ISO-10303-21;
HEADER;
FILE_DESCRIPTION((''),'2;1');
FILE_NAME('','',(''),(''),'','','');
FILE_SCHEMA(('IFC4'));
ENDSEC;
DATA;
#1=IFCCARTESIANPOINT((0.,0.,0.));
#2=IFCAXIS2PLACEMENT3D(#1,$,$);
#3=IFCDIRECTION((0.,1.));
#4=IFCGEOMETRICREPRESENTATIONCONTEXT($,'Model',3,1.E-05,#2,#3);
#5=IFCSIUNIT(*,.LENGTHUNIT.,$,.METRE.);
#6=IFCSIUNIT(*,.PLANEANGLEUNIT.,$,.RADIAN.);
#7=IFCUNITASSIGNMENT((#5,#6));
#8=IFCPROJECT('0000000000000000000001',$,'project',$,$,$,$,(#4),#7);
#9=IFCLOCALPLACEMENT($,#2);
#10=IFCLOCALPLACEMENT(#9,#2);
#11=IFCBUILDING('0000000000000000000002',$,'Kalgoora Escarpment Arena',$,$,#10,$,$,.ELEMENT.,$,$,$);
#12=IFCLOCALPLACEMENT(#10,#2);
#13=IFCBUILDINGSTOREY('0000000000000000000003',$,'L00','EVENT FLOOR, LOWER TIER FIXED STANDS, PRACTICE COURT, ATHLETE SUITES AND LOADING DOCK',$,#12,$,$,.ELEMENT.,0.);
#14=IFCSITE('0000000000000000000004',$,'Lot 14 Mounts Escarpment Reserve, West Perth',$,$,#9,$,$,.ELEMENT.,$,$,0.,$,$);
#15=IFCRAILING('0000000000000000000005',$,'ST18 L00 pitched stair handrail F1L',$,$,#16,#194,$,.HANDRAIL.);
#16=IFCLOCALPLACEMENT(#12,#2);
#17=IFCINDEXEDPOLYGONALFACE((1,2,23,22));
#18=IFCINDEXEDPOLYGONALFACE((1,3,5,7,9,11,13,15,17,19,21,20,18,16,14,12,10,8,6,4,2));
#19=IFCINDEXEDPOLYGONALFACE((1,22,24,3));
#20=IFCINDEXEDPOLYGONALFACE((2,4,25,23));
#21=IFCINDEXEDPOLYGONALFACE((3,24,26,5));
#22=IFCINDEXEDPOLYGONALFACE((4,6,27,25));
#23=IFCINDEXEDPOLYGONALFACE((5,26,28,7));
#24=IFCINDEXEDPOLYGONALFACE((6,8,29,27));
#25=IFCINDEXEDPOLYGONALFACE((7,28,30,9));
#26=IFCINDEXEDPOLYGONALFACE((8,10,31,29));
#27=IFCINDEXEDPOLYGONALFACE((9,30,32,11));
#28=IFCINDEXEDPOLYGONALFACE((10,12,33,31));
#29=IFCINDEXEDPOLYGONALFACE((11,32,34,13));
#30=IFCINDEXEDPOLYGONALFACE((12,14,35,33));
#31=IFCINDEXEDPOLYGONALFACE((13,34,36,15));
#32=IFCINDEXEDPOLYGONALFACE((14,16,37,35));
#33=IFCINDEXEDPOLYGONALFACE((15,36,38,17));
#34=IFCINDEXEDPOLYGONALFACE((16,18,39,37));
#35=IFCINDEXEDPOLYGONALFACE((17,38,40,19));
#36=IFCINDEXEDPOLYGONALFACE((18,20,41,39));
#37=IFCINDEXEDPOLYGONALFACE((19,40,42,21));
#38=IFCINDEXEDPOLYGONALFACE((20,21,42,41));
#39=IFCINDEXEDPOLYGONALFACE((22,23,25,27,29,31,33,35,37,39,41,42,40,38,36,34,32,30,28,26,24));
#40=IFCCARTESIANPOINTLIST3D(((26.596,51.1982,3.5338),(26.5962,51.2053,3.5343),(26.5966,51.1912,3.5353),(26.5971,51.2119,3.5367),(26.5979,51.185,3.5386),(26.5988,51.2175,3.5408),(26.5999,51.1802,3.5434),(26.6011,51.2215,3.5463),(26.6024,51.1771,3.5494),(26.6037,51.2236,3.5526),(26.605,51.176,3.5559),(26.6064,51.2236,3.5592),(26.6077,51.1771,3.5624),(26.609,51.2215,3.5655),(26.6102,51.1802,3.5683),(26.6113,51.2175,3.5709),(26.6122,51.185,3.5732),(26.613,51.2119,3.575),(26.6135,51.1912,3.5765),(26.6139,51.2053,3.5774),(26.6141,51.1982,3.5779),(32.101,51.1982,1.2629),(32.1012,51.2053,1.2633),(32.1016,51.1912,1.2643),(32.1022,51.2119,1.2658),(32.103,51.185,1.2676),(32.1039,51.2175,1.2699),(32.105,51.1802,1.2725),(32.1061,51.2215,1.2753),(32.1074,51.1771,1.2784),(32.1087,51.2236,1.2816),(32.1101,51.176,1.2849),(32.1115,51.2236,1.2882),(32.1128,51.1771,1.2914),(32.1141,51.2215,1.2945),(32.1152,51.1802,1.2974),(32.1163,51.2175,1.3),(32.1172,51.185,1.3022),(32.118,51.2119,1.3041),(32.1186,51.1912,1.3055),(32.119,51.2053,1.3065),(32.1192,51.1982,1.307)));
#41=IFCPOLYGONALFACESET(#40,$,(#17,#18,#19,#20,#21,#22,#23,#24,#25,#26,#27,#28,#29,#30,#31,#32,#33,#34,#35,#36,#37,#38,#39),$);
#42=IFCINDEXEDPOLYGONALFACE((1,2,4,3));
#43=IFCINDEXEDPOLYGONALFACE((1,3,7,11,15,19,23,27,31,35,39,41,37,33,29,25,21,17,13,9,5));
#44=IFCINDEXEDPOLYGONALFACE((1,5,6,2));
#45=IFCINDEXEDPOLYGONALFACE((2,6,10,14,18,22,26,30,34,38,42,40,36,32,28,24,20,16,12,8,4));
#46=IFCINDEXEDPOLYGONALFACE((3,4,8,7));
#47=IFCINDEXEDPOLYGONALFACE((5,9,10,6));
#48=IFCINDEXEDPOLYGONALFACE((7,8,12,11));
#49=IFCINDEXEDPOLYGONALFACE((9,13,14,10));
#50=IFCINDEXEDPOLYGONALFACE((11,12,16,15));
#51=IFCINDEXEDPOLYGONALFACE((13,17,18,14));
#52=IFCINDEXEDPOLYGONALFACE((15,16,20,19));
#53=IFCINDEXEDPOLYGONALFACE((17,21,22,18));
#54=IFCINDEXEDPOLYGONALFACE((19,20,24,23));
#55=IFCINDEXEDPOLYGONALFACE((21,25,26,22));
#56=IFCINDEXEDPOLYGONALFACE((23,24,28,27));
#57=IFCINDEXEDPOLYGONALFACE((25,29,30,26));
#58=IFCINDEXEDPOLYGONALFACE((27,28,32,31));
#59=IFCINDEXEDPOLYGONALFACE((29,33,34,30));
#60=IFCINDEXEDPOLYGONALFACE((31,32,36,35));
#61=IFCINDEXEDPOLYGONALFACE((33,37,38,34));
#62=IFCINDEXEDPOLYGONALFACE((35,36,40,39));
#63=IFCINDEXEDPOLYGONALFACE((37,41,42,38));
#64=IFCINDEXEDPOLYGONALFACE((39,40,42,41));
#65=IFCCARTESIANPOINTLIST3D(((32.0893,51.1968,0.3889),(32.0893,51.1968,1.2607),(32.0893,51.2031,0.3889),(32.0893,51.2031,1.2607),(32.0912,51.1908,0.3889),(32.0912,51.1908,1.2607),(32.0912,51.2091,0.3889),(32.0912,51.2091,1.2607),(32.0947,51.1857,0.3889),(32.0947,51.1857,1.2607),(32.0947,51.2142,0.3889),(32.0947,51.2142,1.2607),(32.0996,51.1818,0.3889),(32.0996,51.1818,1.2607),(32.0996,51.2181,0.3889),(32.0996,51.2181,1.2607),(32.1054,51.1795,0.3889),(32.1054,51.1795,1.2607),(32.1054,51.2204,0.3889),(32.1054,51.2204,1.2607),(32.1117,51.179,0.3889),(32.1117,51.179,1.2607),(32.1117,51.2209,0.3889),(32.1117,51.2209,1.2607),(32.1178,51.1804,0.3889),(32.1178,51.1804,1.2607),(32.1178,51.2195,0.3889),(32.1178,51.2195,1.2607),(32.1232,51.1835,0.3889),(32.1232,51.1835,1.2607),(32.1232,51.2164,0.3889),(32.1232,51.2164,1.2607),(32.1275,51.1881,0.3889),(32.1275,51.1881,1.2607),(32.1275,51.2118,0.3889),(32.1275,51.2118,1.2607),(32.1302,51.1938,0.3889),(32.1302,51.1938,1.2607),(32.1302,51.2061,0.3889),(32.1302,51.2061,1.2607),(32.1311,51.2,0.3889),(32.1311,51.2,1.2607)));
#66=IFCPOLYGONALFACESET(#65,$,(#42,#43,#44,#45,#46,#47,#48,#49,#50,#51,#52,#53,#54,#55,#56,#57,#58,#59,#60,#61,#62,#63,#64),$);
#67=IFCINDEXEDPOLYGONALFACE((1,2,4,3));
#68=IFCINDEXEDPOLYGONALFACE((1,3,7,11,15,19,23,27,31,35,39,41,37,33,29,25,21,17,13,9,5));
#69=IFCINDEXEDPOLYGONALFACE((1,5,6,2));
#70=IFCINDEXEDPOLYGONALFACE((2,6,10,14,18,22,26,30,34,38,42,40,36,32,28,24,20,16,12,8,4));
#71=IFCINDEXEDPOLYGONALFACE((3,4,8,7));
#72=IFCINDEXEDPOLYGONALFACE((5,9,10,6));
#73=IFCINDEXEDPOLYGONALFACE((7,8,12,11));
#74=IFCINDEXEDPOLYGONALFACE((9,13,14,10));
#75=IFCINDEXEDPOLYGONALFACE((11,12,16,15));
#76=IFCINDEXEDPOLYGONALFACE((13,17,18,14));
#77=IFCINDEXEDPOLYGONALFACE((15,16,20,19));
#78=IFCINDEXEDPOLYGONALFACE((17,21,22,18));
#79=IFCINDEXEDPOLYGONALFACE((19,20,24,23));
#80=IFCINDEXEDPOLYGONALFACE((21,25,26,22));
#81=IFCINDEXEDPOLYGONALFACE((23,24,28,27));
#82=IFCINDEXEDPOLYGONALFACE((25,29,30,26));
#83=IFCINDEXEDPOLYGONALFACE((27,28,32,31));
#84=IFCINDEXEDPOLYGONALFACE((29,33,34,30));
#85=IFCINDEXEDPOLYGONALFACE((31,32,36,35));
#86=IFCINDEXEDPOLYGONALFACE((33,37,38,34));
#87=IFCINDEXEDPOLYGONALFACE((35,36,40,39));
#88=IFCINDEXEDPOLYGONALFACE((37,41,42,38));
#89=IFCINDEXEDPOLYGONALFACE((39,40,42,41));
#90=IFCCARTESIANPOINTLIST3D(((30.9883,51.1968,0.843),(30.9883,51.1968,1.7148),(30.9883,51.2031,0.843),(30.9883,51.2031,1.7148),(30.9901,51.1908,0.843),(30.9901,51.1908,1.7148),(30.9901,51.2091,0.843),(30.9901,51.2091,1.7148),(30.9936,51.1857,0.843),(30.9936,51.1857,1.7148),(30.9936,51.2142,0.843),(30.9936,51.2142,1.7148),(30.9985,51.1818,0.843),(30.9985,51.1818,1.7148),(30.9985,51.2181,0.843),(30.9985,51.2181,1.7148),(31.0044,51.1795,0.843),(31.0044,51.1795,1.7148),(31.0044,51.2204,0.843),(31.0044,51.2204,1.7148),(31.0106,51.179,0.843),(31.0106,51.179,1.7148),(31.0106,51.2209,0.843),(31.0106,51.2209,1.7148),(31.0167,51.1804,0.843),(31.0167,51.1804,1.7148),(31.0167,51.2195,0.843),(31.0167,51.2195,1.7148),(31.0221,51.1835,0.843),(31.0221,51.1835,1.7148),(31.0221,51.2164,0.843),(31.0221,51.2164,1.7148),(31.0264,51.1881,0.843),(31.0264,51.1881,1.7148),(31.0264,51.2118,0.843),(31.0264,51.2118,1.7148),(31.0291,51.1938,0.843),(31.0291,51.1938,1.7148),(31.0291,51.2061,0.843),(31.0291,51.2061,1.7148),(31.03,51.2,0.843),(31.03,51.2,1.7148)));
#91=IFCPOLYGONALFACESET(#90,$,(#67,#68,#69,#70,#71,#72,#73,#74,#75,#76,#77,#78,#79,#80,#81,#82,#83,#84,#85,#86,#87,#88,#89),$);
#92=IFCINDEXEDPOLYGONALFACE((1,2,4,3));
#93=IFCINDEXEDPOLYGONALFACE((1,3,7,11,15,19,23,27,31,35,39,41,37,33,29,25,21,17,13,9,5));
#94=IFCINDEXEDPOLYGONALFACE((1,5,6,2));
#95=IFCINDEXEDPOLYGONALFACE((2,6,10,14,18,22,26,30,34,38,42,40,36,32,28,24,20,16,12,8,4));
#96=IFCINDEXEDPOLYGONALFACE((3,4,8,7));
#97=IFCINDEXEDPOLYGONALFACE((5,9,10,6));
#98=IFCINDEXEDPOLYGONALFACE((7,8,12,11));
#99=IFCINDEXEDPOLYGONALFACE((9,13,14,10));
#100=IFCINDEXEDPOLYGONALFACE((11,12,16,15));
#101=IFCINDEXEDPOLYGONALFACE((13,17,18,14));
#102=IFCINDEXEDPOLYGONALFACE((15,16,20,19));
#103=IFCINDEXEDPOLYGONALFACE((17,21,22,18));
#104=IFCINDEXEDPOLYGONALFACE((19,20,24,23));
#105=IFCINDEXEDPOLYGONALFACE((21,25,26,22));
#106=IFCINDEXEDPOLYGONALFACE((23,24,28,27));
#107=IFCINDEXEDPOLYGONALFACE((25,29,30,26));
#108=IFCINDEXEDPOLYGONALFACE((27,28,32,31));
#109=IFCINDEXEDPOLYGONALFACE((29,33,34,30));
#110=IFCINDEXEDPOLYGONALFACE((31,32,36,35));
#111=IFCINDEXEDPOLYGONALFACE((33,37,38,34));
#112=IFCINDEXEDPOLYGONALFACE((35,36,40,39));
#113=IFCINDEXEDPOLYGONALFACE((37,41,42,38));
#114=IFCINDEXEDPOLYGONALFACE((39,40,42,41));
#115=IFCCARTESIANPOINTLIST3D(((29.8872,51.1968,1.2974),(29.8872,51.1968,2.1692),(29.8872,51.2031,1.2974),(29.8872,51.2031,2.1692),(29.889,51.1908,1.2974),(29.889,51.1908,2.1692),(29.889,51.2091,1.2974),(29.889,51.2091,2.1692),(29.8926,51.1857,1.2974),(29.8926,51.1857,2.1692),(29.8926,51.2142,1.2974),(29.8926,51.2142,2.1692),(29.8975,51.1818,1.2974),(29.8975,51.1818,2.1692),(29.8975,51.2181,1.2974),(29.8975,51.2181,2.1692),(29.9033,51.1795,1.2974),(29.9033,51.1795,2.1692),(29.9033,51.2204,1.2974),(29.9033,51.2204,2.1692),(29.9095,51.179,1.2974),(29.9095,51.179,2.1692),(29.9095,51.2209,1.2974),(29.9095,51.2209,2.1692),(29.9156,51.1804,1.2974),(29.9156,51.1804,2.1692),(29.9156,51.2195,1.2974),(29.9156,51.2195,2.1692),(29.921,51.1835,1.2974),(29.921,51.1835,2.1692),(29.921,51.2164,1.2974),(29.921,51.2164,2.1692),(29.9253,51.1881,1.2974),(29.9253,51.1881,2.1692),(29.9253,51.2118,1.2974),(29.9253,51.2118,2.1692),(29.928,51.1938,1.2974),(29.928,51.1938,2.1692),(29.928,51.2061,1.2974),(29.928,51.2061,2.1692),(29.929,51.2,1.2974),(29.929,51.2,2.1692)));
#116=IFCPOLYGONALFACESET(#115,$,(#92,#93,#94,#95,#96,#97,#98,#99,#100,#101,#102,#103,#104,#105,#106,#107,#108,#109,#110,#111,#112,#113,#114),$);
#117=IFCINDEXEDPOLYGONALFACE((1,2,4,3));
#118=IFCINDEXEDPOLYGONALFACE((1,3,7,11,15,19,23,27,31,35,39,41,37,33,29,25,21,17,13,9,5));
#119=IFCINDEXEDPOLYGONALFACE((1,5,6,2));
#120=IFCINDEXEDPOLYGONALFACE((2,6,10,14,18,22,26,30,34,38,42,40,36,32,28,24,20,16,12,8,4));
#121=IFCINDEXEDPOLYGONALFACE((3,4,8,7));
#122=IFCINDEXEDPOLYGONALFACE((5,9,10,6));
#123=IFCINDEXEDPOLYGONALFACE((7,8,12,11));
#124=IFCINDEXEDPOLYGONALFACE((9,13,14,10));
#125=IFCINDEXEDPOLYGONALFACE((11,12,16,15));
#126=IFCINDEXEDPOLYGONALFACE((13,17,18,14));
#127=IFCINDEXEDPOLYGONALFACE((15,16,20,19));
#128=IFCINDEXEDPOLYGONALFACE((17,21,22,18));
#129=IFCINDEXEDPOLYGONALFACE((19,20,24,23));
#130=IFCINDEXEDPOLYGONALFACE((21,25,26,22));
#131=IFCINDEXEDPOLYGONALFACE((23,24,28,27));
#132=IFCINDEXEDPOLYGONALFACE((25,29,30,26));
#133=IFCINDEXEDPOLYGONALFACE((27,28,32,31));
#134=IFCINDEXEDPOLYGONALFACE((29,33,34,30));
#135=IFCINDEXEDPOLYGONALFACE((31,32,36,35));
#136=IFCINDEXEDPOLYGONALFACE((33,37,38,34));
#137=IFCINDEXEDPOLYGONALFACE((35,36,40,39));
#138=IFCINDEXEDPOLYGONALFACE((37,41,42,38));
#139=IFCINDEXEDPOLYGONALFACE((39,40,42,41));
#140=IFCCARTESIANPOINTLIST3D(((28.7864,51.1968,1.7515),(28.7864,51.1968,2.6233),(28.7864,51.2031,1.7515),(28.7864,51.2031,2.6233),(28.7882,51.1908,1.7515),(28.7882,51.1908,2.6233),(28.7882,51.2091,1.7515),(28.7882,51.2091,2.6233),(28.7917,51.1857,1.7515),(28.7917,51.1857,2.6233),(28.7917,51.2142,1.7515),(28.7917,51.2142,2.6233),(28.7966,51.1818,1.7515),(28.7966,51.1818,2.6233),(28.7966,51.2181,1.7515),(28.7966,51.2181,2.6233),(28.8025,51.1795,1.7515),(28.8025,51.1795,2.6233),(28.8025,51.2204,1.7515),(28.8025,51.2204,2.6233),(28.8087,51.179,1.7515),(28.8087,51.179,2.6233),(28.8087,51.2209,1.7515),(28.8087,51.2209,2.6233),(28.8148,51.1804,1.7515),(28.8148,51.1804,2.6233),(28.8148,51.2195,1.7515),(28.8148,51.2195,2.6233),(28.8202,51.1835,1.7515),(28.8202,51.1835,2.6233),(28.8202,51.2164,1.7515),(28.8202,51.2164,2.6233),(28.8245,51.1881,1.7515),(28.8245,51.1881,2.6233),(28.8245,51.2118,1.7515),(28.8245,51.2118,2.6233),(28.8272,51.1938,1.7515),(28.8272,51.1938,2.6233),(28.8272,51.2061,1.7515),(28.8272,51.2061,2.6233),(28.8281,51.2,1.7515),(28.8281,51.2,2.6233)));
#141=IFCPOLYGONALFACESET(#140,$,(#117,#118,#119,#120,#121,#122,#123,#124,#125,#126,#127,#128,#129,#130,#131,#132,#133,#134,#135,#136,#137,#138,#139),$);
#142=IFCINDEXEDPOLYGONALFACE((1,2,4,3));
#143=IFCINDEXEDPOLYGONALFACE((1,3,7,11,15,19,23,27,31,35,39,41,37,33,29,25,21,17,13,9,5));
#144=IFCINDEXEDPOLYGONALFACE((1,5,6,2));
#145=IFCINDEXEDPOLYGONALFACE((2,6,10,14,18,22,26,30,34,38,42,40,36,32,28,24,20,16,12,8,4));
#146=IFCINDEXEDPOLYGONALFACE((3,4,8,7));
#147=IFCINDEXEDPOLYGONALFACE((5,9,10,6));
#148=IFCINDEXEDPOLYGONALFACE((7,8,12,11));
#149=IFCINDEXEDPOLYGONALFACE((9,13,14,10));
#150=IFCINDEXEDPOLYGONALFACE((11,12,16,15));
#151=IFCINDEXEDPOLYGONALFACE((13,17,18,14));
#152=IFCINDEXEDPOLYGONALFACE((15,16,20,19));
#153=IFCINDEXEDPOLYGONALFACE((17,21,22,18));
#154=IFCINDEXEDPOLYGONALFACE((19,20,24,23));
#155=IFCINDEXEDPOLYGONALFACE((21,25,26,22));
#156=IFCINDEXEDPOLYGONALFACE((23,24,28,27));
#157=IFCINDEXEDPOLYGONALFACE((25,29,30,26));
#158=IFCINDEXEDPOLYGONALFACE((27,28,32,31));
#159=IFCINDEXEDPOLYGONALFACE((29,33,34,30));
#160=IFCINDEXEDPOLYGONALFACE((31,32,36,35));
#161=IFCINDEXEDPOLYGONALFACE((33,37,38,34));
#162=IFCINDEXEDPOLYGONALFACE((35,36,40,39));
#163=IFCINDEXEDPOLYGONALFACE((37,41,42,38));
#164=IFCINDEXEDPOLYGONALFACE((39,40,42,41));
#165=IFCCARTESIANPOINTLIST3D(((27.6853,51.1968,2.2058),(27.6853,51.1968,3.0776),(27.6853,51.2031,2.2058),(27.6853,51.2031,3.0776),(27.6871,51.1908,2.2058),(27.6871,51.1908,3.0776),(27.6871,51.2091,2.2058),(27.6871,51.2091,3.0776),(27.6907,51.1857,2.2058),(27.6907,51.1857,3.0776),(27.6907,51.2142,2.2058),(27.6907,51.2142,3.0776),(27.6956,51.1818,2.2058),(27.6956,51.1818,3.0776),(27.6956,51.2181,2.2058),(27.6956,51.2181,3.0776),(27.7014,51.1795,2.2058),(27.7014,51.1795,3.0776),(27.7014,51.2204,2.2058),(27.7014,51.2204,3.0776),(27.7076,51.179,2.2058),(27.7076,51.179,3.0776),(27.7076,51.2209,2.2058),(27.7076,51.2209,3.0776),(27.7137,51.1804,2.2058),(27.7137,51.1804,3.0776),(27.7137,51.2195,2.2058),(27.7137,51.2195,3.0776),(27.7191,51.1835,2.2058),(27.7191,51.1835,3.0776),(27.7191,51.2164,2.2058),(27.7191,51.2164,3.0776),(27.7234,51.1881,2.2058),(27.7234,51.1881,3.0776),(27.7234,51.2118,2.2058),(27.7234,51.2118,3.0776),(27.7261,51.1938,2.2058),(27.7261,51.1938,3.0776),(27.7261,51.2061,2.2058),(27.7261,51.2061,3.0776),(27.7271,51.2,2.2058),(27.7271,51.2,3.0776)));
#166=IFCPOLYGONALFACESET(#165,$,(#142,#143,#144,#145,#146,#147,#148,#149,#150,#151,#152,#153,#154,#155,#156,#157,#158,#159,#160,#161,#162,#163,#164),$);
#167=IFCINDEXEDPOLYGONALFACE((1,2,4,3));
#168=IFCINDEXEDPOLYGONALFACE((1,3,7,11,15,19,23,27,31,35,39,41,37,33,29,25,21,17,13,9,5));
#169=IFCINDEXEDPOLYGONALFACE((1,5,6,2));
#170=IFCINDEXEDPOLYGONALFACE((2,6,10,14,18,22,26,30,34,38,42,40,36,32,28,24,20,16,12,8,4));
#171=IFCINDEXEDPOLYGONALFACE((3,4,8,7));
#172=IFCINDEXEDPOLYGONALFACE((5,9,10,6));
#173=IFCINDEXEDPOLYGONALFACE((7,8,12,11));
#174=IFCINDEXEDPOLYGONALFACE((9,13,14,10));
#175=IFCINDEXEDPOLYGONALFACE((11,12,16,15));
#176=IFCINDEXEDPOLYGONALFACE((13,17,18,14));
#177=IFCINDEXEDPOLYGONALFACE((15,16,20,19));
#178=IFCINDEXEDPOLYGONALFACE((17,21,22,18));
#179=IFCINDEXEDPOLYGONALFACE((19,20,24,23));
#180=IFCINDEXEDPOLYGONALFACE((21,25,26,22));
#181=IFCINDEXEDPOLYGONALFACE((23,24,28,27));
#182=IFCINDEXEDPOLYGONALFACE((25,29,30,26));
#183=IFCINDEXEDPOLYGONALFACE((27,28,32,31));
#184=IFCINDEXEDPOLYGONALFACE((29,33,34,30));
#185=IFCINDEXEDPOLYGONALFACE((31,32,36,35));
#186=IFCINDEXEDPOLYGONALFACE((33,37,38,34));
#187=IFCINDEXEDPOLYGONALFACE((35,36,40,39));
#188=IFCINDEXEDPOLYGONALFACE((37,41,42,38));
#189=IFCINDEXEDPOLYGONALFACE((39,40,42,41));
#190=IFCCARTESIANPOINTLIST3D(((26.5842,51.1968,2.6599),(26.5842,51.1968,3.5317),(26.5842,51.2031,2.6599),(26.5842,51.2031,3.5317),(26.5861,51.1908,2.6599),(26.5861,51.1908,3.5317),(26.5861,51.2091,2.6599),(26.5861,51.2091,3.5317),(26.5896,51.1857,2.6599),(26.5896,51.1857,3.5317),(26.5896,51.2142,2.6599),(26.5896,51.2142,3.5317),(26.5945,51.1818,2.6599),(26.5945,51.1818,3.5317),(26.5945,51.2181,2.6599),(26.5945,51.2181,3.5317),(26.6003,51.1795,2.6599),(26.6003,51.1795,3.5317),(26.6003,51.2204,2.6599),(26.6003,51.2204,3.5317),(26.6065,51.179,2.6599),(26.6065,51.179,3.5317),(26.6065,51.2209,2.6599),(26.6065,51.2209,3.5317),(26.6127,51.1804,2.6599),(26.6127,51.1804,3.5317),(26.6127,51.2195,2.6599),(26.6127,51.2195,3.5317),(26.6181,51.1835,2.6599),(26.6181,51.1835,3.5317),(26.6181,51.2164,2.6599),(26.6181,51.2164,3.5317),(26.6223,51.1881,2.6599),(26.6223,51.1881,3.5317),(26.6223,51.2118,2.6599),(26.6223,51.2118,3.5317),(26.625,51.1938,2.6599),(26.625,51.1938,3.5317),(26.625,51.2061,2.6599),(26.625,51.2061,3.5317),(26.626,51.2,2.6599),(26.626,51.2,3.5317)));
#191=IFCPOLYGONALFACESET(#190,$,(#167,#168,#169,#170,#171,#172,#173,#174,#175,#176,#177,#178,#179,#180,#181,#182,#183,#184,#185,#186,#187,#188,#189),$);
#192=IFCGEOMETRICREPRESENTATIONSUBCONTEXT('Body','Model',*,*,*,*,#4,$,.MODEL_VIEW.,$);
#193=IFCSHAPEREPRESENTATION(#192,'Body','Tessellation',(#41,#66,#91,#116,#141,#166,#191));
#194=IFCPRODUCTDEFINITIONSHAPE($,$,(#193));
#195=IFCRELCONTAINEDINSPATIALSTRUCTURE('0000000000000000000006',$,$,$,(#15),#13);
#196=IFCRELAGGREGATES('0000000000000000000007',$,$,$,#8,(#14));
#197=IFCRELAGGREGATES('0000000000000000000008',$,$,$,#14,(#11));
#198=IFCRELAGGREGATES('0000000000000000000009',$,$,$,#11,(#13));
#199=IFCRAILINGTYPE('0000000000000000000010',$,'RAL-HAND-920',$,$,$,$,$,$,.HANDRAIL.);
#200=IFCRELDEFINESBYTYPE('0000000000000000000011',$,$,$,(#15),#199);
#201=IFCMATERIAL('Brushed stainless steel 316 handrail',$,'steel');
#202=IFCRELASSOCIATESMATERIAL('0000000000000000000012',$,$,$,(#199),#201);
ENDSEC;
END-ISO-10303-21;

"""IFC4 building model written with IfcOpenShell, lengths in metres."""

from ifc_helpers import new_model, si_unit, direction, frame, origin, origin_2d, place, context, subcontext, project, spatial, circle, extrude, material, type_object, element, save


model = new_model("IFC4")

# Units and contexts
model_context = context("Model", 3, precision=1e-05, world=origin(), true_north=direction((0.0, 1.0)))
body_context = subcontext(model_context, "Body", "Model", "MODEL_VIEW")
ifc_project = project(units=[si_unit("LENGTHUNIT", "METRE"), si_unit("PLANEANGLEUNIT", "RADIAN")], contexts=[model_context])

# Site, building, storey
site_placement = place(None, origin())
site = spatial("IfcSite", under=ifc_project, at=site_placement, Name="Lot 14 Mounts Escarpment Reserve, West Perth", CompositionType="ELEMENT", RefElevation=0.0)
building_placement = place(site_placement, origin())
building = spatial("IfcBuilding", under=site, at=building_placement, Name="Kalgoora Escarpment Arena", CompositionType="ELEMENT")
storey_placement = place(building_placement, origin())
storey = spatial("IfcBuildingStorey", under=building, at=storey_placement, Name="L00", Description="EVENT FLOOR, LOWER TIER FIXED STANDS, PRACTICE COURT, ATHLETE SUITES AND LOADING DOCK", CompositionType="ELEMENT", Elevation=0.0)

# Railing
ifc_material_1 = material(Name="Brushed stainless steel 316 handrail", Category="steel")
railing_type = type_object("IfcRailingType", Name="RAL-HAND-920", PredefinedType="HANDRAIL", material=ifc_material_1)
for number, where, name in (
    (1, (32.1101, 51.2, 0.3889), "ST18 L00 pitched stair handrail F1L"),
):
    element("IfcRailing", number, at=place(storey_placement, frame(where)), inside=storey, type_object=railing_type, Name=name, PredefinedType="HANDRAIL", context=body_context, shape_type="SweptSolid", body=[
        extrude(circle(Radius=0.0239, at=origin_2d()), frame((0.0, 0.0, 0.896), z_axis=(-0.924431, 0.0, 0.38135), x_axis=(0.0, -1.0, 0.0)), (0.0, 0.0, 1.0), 5.9551),
        extrude(circle(Radius=0.021, at=origin_2d()), origin(), (0.0, 0.0, 1.0), 0.8718),
        extrude(circle(Radius=0.021, at=origin_2d()), frame((-1.1011, 0.0, 0.4541)), (0.0, 0.0, 1.0), 0.8718),
        extrude(circle(Radius=0.021, at=origin_2d()), frame((-2.2021, 0.0, 0.9084)), (0.0, 0.0, 1.0), 0.8718),
        extrude(circle(Radius=0.021, at=origin_2d()), frame((-3.303, 0.0, 1.3625)), (0.0, 0.0, 1.0), 0.8718),
        extrude(circle(Radius=0.021, at=origin_2d()), frame((-4.4041, 0.0, 1.8169)), (0.0, 0.0, 1.0), 0.8718),
        extrude(circle(Radius=0.021, at=origin_2d()), frame((-5.5051, 0.0, 2.271)), (0.0, 0.0, 1.0), 0.8718),
    ])

save(model, "model.ifc")
